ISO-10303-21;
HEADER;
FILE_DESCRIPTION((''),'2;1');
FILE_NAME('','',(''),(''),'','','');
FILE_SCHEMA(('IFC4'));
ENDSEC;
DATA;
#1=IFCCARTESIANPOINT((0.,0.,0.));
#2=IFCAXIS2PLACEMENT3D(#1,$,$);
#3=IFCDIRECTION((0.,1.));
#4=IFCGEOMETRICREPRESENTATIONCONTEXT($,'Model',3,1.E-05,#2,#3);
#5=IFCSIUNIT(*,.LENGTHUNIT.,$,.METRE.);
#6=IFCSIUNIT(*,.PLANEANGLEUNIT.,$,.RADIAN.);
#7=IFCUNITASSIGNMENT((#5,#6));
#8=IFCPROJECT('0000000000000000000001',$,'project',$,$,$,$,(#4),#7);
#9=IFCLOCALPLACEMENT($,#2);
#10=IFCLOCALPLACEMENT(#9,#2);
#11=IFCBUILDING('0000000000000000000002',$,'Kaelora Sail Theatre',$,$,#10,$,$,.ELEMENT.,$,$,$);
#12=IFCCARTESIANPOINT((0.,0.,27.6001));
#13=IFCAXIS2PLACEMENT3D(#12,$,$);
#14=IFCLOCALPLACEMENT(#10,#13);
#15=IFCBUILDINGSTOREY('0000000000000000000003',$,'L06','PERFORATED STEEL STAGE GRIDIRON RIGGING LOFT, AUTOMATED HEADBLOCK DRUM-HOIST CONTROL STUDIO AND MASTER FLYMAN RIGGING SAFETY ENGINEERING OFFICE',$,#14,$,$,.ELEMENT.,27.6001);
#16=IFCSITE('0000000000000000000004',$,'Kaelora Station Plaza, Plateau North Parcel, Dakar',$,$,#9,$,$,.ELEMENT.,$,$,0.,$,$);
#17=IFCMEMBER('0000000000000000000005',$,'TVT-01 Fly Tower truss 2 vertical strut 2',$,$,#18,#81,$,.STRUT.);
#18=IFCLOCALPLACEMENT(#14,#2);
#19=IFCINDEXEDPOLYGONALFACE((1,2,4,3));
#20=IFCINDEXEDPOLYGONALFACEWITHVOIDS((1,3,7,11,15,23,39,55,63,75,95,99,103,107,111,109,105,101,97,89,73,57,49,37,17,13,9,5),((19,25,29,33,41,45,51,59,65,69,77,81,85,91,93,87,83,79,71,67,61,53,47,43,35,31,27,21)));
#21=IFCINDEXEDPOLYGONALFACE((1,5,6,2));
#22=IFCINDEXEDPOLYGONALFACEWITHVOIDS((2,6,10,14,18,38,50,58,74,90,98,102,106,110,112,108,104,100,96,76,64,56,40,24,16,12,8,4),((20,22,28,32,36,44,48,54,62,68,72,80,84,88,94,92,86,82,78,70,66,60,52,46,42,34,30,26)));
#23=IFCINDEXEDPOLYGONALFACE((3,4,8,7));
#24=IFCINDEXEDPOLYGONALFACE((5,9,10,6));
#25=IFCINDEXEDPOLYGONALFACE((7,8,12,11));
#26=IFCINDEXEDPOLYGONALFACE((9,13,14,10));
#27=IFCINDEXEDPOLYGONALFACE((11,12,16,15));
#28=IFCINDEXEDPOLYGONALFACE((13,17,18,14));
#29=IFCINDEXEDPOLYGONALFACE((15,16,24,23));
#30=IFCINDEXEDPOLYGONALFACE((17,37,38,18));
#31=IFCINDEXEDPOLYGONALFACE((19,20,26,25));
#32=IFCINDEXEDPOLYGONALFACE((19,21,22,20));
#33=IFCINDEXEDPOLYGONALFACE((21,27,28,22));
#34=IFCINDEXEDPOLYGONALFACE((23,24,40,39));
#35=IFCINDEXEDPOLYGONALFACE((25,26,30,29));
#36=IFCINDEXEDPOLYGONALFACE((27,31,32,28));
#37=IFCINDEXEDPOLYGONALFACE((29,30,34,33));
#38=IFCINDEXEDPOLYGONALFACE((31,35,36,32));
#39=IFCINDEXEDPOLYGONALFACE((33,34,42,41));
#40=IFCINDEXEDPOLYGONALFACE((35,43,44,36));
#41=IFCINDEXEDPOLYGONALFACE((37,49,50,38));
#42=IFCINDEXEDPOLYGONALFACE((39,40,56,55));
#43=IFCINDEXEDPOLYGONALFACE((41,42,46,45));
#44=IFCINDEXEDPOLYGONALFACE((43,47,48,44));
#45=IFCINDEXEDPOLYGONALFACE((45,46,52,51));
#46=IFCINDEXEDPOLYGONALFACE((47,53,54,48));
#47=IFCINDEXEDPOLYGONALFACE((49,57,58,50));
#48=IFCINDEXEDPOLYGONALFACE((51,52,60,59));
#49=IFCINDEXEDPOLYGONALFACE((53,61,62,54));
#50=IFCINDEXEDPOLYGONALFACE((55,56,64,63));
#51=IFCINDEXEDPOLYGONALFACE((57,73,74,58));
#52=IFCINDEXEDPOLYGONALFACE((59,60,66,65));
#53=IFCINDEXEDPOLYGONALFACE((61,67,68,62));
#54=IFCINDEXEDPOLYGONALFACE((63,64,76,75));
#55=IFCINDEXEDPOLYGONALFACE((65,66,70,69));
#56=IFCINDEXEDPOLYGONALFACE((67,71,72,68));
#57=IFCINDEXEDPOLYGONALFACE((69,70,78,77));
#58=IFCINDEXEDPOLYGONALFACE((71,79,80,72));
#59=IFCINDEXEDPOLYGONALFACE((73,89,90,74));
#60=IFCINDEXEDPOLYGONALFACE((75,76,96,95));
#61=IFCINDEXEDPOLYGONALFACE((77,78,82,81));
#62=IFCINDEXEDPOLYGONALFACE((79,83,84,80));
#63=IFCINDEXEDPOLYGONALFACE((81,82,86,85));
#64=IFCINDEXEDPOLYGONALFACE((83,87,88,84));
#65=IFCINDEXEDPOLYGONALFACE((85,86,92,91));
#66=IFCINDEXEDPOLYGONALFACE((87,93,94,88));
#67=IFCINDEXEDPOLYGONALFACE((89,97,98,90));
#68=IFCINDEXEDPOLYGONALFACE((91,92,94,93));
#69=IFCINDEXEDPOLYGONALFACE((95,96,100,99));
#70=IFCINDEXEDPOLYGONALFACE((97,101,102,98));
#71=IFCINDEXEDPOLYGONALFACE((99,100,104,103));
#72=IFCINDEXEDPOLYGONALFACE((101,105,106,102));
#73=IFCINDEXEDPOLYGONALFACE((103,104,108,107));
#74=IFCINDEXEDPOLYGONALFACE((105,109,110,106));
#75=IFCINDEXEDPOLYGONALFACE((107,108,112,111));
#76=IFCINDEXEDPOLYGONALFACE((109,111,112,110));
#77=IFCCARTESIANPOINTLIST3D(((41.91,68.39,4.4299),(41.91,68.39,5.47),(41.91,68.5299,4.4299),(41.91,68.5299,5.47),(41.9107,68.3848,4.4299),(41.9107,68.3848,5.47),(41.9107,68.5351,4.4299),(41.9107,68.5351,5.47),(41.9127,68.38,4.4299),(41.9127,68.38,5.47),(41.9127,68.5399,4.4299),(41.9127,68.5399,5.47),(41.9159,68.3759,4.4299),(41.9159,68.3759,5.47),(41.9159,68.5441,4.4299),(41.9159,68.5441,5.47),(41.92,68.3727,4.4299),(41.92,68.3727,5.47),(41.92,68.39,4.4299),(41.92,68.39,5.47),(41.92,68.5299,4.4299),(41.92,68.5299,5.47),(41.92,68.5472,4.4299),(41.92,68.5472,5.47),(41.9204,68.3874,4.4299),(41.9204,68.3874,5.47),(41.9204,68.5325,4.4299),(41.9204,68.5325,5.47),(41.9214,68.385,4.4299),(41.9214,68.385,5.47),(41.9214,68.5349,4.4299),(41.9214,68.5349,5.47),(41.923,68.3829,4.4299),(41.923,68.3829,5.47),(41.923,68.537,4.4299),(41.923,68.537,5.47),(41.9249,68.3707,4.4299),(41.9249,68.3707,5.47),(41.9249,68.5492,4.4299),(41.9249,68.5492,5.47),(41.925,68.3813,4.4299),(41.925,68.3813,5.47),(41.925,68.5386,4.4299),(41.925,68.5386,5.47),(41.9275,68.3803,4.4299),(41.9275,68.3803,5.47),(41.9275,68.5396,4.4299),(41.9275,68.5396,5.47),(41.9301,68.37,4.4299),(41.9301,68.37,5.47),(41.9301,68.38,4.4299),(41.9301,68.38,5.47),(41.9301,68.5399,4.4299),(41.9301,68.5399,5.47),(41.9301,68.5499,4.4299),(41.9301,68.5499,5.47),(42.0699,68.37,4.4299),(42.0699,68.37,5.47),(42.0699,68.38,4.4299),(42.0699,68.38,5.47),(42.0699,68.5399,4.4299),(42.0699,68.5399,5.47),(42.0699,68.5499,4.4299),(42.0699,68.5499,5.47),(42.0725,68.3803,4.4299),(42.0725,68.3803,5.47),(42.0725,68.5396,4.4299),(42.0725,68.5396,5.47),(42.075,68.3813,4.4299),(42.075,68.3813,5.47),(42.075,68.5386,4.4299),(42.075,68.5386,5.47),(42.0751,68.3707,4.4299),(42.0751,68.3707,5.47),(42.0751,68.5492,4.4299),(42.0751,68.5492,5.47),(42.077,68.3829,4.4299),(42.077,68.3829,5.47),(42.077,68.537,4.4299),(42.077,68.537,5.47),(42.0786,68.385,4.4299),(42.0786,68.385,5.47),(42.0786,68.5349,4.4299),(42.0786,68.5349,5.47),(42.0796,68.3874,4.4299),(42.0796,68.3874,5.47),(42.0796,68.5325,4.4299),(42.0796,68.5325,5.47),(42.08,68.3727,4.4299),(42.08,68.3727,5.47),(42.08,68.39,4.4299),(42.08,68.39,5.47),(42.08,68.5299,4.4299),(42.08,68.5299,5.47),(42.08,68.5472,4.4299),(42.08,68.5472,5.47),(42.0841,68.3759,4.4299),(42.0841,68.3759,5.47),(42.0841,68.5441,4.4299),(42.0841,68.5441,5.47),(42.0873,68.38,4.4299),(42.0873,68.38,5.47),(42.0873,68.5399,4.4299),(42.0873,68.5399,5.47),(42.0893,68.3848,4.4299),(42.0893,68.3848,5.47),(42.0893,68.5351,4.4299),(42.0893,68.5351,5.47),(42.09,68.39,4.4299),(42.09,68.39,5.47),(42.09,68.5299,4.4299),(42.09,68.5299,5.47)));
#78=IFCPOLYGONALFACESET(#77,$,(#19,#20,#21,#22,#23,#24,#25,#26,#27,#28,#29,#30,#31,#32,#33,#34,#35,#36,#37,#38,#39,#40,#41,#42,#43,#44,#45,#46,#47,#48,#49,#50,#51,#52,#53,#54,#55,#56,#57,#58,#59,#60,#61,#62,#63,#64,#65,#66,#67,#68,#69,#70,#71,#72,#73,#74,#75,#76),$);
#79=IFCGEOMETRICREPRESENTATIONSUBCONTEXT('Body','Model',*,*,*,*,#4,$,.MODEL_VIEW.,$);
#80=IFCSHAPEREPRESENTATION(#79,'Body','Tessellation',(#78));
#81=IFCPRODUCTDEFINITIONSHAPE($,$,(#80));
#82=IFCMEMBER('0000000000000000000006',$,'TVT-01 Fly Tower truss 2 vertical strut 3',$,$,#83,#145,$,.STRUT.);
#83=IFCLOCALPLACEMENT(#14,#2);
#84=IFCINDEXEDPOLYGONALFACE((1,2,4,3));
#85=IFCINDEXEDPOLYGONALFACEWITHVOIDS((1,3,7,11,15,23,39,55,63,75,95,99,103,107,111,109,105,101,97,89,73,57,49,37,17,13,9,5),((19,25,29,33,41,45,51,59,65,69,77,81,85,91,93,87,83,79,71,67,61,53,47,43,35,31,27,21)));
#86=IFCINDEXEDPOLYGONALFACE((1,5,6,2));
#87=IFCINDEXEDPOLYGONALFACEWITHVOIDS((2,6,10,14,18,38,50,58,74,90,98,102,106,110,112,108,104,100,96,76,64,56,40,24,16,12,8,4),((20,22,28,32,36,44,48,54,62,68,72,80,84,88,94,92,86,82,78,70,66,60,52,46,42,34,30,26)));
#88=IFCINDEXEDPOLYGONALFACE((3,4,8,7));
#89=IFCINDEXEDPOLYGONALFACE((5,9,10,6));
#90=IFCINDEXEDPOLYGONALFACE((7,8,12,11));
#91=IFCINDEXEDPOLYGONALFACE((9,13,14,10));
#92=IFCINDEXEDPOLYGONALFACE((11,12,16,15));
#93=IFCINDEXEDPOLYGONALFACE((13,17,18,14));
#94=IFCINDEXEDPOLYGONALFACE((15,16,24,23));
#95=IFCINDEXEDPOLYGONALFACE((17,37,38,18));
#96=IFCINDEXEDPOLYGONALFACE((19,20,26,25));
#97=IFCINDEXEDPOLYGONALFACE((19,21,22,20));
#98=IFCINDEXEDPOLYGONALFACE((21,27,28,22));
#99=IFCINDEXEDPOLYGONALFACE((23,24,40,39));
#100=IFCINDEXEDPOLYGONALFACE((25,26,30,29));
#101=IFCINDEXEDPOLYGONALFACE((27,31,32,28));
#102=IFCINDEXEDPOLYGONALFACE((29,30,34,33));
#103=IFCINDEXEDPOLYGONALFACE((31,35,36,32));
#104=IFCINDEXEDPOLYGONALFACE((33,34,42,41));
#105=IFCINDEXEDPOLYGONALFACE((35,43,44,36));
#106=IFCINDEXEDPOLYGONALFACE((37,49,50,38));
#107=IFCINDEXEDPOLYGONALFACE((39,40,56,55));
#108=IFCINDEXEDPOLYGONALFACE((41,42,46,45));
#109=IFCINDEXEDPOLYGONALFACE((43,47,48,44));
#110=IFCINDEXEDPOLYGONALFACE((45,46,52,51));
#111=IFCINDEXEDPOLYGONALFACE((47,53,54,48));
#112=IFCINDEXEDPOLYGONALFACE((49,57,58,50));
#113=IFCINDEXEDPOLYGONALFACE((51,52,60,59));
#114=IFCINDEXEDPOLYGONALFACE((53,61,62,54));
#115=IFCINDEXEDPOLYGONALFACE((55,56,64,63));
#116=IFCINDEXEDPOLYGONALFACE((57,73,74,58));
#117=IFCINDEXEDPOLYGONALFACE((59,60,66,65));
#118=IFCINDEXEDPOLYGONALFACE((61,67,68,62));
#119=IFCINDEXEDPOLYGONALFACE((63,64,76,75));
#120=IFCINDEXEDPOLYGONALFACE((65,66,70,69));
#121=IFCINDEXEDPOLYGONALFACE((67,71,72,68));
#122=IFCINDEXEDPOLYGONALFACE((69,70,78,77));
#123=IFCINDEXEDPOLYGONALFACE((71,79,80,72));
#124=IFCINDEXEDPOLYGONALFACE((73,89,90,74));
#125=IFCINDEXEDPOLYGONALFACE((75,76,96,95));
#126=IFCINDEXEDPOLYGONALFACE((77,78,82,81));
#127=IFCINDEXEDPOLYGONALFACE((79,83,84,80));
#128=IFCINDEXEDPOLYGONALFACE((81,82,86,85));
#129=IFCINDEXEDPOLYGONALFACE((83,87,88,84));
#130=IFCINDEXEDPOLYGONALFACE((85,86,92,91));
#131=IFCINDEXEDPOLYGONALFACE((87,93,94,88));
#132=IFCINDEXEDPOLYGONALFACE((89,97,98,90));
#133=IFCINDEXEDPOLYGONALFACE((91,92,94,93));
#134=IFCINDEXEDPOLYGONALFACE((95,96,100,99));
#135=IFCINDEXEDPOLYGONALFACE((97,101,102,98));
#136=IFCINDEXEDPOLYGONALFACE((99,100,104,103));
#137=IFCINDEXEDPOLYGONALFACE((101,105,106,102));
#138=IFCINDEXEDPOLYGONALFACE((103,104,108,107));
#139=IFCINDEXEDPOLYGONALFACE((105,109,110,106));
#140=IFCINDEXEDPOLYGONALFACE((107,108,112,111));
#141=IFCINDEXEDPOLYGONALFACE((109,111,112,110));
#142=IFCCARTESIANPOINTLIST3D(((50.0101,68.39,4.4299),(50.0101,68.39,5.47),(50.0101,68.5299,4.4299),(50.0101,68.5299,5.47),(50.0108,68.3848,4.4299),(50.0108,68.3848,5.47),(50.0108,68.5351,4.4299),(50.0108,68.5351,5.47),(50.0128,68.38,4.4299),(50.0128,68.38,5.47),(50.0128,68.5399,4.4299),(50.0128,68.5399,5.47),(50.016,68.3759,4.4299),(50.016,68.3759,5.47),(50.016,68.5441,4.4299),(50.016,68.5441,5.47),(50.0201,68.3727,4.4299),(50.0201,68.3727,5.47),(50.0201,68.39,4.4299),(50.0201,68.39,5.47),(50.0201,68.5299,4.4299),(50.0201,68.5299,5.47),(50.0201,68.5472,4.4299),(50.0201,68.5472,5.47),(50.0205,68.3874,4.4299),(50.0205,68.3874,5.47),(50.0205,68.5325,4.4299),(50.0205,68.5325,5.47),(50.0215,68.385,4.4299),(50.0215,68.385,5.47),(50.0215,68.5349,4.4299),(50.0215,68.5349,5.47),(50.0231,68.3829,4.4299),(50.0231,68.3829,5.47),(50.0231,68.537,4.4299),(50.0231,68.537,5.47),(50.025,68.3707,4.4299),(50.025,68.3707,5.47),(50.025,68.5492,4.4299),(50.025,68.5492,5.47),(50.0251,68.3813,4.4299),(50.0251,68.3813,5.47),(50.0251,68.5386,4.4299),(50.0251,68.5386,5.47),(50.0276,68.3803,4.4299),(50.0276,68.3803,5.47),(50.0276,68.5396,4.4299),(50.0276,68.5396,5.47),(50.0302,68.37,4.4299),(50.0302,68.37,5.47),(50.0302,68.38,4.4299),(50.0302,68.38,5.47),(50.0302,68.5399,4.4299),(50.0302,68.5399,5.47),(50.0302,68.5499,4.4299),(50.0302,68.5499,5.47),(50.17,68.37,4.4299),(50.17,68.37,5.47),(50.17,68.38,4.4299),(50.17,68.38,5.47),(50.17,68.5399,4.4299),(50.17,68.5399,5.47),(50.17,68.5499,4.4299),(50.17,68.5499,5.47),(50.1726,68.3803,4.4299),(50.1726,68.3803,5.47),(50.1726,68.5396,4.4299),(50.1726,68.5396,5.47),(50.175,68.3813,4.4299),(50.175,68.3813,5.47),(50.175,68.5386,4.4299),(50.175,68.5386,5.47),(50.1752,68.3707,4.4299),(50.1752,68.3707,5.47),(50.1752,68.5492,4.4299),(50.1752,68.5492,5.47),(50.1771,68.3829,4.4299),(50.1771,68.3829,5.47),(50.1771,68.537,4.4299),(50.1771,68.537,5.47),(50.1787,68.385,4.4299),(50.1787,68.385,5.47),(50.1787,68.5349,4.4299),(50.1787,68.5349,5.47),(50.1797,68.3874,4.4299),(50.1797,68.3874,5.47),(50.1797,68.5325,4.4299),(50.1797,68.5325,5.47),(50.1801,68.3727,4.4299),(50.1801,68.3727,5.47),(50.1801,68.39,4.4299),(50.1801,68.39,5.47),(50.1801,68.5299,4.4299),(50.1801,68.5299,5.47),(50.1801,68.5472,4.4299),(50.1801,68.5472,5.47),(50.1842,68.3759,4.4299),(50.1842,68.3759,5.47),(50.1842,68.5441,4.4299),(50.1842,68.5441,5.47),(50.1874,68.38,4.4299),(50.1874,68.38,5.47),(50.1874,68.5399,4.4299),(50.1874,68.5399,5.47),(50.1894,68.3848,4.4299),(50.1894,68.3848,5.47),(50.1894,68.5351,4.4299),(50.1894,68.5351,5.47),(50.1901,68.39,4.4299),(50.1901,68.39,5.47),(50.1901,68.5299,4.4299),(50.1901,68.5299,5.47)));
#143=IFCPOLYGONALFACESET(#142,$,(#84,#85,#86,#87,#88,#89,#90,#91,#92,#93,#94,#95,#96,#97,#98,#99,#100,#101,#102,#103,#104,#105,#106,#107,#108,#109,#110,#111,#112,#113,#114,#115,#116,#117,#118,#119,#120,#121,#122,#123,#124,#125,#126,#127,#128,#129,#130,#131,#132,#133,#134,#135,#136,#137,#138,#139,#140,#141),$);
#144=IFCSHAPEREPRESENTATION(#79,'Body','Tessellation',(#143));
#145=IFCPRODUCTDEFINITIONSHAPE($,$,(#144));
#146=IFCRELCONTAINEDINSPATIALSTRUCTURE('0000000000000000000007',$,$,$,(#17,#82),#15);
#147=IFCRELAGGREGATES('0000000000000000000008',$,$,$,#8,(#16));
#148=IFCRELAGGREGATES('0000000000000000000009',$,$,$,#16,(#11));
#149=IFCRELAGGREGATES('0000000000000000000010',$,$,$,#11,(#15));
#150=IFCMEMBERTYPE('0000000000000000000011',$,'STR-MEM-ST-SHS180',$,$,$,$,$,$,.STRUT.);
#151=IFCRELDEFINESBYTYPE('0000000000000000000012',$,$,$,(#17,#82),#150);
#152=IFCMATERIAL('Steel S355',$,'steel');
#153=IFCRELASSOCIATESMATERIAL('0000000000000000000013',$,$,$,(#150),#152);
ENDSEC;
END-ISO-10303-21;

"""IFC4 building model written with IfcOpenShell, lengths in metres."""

from ifc_helpers import new_model, si_unit, direction, frame, origin, origin_2d, place, context, subcontext, project, spatial, hollow_rectangle, extrude, material, material_profile, profile_set, type_object, element, save


model = new_model("IFC4")

# Units and contexts
model_context = context("Model", 3, precision=1e-05, world=origin(), true_north=direction((0.0, 1.0)))
body_context = subcontext(model_context, "Body", "Model", "MODEL_VIEW")
ifc_project = project(units=[si_unit("LENGTHUNIT", "METRE"), si_unit("PLANEANGLEUNIT", "RADIAN")], contexts=[model_context])

# Site, building, storey
site_placement = place(None, origin())
site = spatial("IfcSite", under=ifc_project, at=site_placement, Name="Kaelora Station Plaza, Plateau North Parcel, Dakar", CompositionType="ELEMENT", RefElevation=0.0)
building_placement = place(site_placement, origin())
building = spatial("IfcBuilding", under=site, at=building_placement, Name="Kaelora Sail Theatre", CompositionType="ELEMENT")
storey_placement = place(building_placement, frame((0.0, 0.0, 27.6001)))
storey = spatial("IfcBuildingStorey", under=building, at=storey_placement, Name="L06", Description="PERFORATED STEEL STAGE GRIDIRON RIGGING LOFT, AUTOMATED HEADBLOCK DRUM-HOIST CONTROL STUDIO AND MASTER FLYMAN RIGGING SAFETY ENGINEERING OFFICE", CompositionType="ELEMENT", Elevation=27.6001)

# Members
ifc_material_1 = material(Name="Steel S355", Category="steel")
ifc_material_profile_1 = material_profile(ifc_material_1, hollow_rectangle(XDim=0.1799, YDim=0.1799, WallThickness=0.01, InnerFilletRadius=0.01, OuterFilletRadius=0.02, at=origin_2d()), Name="SHS 180x180x10.0")
ifc_profile_set_1 = profile_set([ifc_material_profile_1], Name="Steel S355")
member_type_1 = type_object("IfcMemberType", Name="STR-MEM-ST-SHS180", PredefinedType="STRUT", material=ifc_profile_set_1)
for number, where, z_axis, x_axis, name in (
    (1, (42.0, 68.46, 4.4299), (0.0, 0.0, 1.0), (1.0, 0.0, 0.0), "TVT-01 Fly Tower truss 2 vertical strut 2"),
    (2, (50.1001, 68.46, 4.4299), (0.0, 0.0, 1.0), (1.0, 0.0, 0.0), "TVT-01 Fly Tower truss 2 vertical strut 3"),
):
    element("IfcMember", number, at=place(storey_placement, frame(where, z_axis=z_axis, x_axis=x_axis)), inside=storey, type_object=member_type_1, Name=name, PredefinedType="STRUT", context=body_context, shape_type="SweptSolid", body=[
        extrude(hollow_rectangle(XDim=0.1799, YDim=0.1799, WallThickness=0.01, InnerFilletRadius=0.01, OuterFilletRadius=0.02, at=origin_2d()), origin(), (0.0, 0.0, 1.0), 1.04),
    ])

save(model, "model.ifc")
